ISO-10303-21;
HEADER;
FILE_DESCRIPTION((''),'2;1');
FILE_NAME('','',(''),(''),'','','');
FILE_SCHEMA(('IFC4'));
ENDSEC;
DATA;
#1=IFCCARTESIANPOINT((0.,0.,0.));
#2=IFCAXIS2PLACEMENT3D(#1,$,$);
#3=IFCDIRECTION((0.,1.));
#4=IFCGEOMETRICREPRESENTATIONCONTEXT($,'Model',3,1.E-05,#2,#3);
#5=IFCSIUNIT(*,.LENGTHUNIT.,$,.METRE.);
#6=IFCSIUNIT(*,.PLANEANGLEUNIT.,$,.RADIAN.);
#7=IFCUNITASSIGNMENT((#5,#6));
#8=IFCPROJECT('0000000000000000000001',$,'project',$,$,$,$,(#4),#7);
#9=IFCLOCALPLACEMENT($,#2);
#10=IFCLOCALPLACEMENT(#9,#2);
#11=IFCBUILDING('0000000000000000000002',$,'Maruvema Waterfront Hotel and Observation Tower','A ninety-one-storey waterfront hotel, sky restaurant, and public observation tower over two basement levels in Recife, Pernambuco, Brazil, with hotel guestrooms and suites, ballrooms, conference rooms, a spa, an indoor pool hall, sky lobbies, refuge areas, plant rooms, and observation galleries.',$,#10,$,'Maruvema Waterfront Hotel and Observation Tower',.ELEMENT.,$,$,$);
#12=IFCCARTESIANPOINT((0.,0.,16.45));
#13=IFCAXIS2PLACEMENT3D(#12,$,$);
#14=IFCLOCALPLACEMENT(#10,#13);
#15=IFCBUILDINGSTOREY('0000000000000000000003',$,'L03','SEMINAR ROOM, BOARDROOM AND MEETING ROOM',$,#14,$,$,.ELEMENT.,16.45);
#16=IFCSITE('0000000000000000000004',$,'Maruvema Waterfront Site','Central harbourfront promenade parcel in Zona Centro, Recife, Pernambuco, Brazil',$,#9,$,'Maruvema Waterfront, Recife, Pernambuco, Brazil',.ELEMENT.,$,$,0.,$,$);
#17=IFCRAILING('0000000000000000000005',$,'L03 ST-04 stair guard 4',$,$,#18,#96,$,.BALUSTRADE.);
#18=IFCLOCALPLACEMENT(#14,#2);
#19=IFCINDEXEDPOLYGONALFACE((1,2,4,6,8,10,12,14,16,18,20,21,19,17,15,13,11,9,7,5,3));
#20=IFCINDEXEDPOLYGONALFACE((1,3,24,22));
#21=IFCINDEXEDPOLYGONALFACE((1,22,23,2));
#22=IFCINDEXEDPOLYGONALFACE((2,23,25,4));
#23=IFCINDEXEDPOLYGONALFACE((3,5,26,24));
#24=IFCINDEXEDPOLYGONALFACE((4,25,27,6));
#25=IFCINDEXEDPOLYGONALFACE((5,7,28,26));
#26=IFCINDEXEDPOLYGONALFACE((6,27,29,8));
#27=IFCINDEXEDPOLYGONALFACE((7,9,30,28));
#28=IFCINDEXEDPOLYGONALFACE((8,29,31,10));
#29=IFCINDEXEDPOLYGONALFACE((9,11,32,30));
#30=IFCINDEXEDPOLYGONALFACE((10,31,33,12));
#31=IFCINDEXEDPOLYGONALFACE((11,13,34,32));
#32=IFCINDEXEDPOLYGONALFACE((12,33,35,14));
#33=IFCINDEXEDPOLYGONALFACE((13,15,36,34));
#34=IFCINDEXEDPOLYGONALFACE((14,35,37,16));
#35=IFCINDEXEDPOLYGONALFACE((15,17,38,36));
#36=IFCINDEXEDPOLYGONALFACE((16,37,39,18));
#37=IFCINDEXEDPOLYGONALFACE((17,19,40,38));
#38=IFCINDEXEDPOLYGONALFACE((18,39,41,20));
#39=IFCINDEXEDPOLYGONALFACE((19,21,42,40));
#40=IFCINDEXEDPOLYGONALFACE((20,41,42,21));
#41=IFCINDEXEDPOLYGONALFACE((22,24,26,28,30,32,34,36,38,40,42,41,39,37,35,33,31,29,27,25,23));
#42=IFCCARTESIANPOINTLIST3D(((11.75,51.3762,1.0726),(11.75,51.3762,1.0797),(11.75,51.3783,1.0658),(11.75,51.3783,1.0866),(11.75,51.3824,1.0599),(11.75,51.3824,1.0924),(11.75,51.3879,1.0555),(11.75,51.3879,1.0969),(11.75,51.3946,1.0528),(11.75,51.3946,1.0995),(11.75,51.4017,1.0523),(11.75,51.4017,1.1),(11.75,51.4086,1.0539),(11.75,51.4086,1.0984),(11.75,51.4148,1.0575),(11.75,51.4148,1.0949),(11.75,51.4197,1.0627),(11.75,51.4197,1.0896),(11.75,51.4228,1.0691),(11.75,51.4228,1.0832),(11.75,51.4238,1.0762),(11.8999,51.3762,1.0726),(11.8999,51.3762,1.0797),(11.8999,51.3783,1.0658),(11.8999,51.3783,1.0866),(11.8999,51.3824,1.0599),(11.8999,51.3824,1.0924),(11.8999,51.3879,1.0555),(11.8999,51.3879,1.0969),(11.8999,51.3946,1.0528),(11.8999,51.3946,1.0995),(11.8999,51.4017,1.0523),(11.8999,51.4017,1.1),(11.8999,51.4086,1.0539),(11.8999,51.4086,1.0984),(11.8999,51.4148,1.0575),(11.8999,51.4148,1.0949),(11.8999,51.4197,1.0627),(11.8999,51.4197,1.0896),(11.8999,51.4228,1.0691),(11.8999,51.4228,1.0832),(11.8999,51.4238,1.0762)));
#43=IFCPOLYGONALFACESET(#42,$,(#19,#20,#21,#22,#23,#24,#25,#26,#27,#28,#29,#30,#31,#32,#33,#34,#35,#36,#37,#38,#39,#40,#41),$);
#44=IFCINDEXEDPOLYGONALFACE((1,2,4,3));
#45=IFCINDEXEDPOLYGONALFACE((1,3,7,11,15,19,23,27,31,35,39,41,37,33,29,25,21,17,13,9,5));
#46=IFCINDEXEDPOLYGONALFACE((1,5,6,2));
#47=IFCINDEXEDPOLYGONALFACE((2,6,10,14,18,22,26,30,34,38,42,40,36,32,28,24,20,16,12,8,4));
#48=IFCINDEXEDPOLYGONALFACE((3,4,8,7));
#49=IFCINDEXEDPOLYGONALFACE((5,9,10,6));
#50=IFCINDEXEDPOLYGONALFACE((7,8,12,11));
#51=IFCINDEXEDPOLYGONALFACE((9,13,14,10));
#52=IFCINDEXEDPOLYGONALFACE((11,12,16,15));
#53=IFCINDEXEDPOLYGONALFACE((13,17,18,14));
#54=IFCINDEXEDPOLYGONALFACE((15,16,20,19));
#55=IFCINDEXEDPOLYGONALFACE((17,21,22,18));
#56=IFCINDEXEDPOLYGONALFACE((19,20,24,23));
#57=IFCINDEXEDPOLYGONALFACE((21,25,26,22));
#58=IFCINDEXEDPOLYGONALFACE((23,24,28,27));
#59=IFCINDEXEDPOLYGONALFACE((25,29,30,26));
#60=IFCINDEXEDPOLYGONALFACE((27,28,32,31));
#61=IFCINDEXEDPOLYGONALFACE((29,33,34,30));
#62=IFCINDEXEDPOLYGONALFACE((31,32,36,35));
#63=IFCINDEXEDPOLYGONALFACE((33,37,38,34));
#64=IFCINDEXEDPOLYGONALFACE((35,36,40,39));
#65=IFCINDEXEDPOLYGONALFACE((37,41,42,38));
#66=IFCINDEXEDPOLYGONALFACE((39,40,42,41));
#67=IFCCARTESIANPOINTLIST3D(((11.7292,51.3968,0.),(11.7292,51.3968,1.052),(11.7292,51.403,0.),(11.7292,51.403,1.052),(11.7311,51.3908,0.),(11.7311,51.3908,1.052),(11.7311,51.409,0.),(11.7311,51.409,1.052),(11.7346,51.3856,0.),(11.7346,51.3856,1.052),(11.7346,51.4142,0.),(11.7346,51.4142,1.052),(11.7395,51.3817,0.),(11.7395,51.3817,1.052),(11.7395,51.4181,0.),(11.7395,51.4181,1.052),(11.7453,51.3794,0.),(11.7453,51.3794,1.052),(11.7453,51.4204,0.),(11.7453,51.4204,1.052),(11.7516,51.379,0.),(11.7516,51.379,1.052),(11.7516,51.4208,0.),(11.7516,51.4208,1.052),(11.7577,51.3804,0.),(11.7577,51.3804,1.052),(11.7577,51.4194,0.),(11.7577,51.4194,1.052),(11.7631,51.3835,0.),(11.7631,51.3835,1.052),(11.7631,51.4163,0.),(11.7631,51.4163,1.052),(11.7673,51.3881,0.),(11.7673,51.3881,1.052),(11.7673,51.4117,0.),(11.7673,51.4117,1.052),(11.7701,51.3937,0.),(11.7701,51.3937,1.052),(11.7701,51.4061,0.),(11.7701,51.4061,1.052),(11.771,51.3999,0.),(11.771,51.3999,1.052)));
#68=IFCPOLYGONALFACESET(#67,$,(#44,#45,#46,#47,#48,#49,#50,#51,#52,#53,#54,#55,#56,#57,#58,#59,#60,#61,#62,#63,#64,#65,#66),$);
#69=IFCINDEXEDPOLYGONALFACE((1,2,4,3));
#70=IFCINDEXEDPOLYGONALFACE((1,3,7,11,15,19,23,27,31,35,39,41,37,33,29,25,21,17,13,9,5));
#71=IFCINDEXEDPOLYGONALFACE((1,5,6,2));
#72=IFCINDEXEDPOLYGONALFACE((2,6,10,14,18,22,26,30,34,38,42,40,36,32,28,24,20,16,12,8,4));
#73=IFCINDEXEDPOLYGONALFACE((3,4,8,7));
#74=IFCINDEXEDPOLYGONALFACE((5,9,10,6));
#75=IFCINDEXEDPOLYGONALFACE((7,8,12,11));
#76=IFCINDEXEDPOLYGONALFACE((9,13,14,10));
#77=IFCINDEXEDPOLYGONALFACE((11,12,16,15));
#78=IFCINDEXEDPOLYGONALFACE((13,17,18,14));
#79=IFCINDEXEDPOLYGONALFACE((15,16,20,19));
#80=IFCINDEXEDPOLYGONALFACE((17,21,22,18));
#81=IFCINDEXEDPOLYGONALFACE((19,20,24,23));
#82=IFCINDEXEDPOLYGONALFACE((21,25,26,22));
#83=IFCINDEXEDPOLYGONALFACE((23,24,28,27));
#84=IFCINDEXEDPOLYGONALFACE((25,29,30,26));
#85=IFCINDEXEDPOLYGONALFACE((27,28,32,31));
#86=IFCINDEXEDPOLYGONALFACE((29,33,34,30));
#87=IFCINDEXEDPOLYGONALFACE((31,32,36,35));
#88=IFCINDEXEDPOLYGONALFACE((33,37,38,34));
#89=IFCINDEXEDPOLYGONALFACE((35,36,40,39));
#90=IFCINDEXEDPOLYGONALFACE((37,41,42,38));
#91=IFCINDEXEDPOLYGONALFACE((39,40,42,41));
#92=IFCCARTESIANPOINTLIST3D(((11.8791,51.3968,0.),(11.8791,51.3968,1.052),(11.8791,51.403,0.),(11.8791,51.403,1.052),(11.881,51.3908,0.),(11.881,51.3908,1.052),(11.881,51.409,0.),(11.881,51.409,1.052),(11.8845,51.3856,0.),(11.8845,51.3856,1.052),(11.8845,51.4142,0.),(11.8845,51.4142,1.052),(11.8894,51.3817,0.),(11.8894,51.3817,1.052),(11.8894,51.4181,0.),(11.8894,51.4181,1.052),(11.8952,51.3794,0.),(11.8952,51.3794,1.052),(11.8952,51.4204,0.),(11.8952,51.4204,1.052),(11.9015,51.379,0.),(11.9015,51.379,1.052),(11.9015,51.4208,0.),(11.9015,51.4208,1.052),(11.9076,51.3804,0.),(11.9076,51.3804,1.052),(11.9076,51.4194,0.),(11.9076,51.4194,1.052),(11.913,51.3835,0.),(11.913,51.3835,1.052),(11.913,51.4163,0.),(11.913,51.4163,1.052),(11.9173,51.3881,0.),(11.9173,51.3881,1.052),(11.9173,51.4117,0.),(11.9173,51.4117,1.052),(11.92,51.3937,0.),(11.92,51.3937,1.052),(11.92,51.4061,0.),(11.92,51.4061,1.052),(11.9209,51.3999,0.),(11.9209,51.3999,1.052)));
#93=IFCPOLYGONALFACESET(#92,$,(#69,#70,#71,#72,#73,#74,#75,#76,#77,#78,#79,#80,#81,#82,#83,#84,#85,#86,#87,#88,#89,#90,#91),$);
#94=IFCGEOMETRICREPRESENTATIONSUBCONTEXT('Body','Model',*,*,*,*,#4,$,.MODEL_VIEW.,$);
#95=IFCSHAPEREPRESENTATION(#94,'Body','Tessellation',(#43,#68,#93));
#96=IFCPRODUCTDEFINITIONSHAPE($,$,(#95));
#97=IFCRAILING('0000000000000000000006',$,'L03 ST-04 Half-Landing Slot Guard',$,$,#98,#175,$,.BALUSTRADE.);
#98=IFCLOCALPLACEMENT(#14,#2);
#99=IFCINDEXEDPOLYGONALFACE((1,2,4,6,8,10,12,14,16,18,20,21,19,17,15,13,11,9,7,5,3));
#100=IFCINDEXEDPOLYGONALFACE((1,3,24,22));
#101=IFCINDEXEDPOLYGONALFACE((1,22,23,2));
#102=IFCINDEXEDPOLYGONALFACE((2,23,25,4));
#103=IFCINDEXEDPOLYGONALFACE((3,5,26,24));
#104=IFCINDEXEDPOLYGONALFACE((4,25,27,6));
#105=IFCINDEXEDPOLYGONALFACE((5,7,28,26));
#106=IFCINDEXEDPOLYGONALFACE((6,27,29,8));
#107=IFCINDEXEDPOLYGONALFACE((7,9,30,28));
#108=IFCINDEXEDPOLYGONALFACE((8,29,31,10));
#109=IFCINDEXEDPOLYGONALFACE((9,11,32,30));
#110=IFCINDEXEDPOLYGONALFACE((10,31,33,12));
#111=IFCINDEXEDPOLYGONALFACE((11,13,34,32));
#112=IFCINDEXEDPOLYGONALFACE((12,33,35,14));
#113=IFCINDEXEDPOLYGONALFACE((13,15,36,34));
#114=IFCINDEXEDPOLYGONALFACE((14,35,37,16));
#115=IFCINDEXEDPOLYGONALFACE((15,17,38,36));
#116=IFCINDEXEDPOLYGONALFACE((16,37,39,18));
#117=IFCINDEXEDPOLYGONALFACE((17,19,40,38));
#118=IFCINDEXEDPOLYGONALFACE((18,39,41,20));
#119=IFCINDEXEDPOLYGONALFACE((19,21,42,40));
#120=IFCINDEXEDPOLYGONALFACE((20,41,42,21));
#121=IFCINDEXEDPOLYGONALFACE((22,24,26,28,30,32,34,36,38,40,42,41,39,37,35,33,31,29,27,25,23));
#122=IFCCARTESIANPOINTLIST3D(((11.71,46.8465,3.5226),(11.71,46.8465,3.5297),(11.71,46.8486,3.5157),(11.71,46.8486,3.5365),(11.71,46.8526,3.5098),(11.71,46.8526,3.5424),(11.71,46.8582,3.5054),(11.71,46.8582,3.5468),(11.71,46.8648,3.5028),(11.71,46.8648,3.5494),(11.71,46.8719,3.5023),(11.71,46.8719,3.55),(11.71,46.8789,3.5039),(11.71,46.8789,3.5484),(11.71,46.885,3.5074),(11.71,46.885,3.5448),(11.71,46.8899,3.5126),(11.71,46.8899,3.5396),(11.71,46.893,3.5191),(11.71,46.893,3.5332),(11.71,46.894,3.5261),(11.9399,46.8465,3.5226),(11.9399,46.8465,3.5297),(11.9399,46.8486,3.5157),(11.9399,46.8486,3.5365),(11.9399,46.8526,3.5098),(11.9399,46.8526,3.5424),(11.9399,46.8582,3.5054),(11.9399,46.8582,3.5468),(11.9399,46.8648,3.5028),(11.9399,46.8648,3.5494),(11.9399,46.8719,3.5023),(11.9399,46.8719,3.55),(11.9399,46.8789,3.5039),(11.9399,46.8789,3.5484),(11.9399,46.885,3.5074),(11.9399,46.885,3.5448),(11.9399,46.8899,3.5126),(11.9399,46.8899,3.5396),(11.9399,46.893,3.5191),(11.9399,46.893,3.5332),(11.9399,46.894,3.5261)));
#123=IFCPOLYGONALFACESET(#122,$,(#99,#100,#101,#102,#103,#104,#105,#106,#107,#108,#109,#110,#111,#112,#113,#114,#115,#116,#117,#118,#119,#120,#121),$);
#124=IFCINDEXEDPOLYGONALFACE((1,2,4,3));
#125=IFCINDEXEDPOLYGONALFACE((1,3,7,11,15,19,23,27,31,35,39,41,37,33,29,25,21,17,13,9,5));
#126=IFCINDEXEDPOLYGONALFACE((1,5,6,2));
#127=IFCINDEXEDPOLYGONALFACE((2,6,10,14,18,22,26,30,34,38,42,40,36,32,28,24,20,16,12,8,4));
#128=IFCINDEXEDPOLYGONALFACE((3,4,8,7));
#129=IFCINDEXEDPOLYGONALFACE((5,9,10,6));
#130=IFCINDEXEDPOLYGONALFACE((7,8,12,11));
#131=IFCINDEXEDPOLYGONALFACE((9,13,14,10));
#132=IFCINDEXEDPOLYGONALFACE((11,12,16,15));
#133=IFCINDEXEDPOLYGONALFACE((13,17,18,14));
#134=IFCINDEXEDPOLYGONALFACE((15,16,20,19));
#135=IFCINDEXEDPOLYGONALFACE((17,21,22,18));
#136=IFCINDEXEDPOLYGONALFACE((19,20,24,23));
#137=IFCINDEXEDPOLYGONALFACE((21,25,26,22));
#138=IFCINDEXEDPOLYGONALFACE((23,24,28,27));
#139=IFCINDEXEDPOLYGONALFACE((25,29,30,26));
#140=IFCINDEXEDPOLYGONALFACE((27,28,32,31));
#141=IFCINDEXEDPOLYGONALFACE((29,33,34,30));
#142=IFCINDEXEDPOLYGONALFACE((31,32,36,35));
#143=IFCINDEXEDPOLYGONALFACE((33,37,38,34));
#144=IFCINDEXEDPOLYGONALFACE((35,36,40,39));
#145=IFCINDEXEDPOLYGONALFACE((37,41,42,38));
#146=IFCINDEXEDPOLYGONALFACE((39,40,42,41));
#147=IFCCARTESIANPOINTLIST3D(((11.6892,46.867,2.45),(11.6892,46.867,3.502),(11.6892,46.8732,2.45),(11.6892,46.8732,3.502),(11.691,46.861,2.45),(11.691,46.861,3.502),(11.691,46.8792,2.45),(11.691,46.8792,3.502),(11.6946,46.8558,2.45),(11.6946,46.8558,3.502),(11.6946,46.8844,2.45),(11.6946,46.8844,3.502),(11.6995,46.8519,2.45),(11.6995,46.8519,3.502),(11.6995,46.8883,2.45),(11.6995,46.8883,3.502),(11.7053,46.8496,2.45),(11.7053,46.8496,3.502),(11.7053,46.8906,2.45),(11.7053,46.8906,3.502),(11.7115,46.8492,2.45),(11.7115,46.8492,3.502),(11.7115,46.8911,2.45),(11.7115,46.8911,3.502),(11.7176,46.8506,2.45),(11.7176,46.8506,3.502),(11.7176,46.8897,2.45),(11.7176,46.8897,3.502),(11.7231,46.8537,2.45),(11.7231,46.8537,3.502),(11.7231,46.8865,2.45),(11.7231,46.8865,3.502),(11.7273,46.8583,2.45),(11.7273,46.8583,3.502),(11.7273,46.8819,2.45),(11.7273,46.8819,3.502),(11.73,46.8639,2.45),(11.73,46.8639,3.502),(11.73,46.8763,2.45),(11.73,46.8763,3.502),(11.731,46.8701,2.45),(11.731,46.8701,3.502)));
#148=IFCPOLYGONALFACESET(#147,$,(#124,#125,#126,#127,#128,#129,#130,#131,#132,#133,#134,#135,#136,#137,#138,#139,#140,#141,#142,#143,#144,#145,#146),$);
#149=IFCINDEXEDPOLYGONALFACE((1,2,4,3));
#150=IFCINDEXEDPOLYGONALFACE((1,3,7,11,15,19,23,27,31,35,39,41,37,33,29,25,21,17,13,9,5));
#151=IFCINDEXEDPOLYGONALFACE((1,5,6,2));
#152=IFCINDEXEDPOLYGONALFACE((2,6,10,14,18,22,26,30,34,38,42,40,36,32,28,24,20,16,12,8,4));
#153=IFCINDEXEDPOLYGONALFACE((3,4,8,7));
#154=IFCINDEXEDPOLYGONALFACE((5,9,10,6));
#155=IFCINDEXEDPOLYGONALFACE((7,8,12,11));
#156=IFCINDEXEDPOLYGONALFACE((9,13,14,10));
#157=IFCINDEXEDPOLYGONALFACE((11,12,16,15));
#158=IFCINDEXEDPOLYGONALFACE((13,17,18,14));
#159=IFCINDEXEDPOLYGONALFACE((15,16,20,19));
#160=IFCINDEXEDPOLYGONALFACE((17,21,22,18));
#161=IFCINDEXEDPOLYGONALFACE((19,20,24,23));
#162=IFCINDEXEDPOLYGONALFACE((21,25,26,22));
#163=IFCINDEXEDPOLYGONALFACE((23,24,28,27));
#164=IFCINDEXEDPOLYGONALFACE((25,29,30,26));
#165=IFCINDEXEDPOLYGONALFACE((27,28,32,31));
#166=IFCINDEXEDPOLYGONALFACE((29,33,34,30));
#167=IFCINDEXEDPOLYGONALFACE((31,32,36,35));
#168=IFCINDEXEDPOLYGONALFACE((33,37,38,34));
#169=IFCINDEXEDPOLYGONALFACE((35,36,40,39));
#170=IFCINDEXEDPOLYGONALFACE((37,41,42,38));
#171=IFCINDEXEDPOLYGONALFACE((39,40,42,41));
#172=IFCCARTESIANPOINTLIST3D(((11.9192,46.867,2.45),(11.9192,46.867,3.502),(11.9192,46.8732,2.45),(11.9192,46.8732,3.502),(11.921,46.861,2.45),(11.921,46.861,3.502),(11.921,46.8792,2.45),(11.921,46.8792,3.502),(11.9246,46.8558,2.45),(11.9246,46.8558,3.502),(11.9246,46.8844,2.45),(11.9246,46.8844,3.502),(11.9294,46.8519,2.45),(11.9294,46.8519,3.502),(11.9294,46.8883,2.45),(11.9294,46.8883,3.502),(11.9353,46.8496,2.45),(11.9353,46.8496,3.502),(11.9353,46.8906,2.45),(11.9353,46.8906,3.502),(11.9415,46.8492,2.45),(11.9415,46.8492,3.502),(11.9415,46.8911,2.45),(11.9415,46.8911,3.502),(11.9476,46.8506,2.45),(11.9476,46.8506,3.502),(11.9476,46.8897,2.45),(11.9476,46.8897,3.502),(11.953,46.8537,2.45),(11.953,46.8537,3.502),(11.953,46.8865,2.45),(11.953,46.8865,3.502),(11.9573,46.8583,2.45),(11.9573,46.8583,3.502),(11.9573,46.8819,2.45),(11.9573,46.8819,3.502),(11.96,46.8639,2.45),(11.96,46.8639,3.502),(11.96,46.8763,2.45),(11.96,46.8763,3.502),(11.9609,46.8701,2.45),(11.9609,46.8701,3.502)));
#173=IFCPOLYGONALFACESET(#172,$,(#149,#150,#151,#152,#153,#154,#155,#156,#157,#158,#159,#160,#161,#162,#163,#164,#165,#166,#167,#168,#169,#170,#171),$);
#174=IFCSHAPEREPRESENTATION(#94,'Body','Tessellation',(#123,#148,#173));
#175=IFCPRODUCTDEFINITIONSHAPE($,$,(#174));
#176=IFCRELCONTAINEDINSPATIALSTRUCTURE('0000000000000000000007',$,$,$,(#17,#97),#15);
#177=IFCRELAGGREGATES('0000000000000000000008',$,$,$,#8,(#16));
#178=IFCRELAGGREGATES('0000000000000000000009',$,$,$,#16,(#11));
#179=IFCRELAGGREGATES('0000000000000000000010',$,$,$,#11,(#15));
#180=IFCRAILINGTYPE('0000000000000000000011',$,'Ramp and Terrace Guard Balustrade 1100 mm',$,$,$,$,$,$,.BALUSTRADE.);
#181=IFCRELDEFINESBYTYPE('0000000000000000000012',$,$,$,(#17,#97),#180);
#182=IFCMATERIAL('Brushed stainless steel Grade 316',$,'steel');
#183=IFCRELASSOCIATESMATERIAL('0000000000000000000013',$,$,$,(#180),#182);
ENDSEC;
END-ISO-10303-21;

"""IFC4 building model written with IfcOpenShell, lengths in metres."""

from ifc_helpers import new_model, si_unit, direction, frame, origin, origin_2d, place, context, subcontext, project, spatial, circle, extrude, material, type_object, element, save


model = new_model("IFC4")

# Units and contexts
model_context = context("Model", 3, precision=1e-05, world=origin(), true_north=direction((0.0, 1.0)))
body_context = subcontext(model_context, "Body", "Model", "MODEL_VIEW")
ifc_project = project(units=[si_unit("LENGTHUNIT", "METRE"), si_unit("PLANEANGLEUNIT", "RADIAN")], contexts=[model_context])

# Site, building, storey
site_placement = place(None, origin())
site = spatial("IfcSite", under=ifc_project, at=site_placement, Name="Maruvema Waterfront Site", Description="Central harbourfront promenade parcel in Zona Centro, Recife, Pernambuco, Brazil", LongName="Maruvema Waterfront, Recife, Pernambuco, Brazil", CompositionType="ELEMENT", RefElevation=0.0)
building_placement = place(site_placement, origin())
building = spatial("IfcBuilding", under=site, at=building_placement, Name="Maruvema Waterfront Hotel and Observation Tower", Description="A ninety-one-storey waterfront hotel, sky restaurant, and public observation tower over two basement levels in Recife, Pernambuco, Brazil, with hotel guestrooms and suites, ballrooms, conference rooms, a spa, an indoor pool hall, sky lobbies, refuge areas, plant rooms, and observation galleries.", LongName="Maruvema Waterfront Hotel and Observation Tower", CompositionType="ELEMENT")
storey_placement = place(building_placement, frame((0.0, 0.0, 16.45)))
storey = spatial("IfcBuildingStorey", under=building, at=storey_placement, Name="L03", Description="SEMINAR ROOM, BOARDROOM AND MEETING ROOM", CompositionType="ELEMENT", Elevation=16.45)

# Railings
ifc_material_1 = material(Name="Brushed stainless steel Grade 316", Category="steel")
railing_type_1 = type_object("IfcRailingType", Name="Ramp and Terrace Guard Balustrade 1100 mm", PredefinedType="BALUSTRADE", material=ifc_material_1)
railing_1_placement = place(storey_placement, frame((11.75, 51.3999, 0.0)))
element("IfcRailing", 1, at=railing_1_placement, inside=storey, type_object=railing_type_1, Name="L03 ST-04 stair guard 4", PredefinedType="BALUSTRADE", context=body_context, shape_type="SweptSolid", body=[
    extrude(circle(Radius=0.0239, at=origin_2d()), frame((0.0, 0.0, 1.0762), z_axis=(1.0, 0.0, 0.0), x_axis=(0.0, 1.0, 0.0)), (0.0, 0.0, 1.0), 0.1499),
    extrude(circle(Radius=0.021, at=origin_2d()), origin(), (0.0, 0.0, 1.0), 1.052),
    extrude(circle(Radius=0.021, at=origin_2d()), frame((0.1499, 0.0, 0.0)), (0.0, 0.0, 1.0), 1.052),
])
railing_2_placement = place(storey_placement, frame((11.71, 46.8701, 2.45)))
element("IfcRailing", 2, at=railing_2_placement, inside=storey, type_object=railing_type_1, Name="L03 ST-04 Half-Landing Slot Guard", PredefinedType="BALUSTRADE", context=body_context, shape_type="SweptSolid", body=[
    extrude(circle(Radius=0.0239, at=origin_2d()), frame((0.0, 0.0, 1.0762), z_axis=(1.0, 0.0, 0.0), x_axis=(0.0, 1.0, 0.0)), (0.0, 0.0, 1.0), 0.23),
    extrude(circle(Radius=0.021, at=origin_2d()), origin(), (0.0, 0.0, 1.0), 1.052),
    extrude(circle(Radius=0.021, at=origin_2d()), frame((0.23, 0.0, 0.0)), (0.0, 0.0, 1.0), 1.052),
])

save(model, "model.ifc")
